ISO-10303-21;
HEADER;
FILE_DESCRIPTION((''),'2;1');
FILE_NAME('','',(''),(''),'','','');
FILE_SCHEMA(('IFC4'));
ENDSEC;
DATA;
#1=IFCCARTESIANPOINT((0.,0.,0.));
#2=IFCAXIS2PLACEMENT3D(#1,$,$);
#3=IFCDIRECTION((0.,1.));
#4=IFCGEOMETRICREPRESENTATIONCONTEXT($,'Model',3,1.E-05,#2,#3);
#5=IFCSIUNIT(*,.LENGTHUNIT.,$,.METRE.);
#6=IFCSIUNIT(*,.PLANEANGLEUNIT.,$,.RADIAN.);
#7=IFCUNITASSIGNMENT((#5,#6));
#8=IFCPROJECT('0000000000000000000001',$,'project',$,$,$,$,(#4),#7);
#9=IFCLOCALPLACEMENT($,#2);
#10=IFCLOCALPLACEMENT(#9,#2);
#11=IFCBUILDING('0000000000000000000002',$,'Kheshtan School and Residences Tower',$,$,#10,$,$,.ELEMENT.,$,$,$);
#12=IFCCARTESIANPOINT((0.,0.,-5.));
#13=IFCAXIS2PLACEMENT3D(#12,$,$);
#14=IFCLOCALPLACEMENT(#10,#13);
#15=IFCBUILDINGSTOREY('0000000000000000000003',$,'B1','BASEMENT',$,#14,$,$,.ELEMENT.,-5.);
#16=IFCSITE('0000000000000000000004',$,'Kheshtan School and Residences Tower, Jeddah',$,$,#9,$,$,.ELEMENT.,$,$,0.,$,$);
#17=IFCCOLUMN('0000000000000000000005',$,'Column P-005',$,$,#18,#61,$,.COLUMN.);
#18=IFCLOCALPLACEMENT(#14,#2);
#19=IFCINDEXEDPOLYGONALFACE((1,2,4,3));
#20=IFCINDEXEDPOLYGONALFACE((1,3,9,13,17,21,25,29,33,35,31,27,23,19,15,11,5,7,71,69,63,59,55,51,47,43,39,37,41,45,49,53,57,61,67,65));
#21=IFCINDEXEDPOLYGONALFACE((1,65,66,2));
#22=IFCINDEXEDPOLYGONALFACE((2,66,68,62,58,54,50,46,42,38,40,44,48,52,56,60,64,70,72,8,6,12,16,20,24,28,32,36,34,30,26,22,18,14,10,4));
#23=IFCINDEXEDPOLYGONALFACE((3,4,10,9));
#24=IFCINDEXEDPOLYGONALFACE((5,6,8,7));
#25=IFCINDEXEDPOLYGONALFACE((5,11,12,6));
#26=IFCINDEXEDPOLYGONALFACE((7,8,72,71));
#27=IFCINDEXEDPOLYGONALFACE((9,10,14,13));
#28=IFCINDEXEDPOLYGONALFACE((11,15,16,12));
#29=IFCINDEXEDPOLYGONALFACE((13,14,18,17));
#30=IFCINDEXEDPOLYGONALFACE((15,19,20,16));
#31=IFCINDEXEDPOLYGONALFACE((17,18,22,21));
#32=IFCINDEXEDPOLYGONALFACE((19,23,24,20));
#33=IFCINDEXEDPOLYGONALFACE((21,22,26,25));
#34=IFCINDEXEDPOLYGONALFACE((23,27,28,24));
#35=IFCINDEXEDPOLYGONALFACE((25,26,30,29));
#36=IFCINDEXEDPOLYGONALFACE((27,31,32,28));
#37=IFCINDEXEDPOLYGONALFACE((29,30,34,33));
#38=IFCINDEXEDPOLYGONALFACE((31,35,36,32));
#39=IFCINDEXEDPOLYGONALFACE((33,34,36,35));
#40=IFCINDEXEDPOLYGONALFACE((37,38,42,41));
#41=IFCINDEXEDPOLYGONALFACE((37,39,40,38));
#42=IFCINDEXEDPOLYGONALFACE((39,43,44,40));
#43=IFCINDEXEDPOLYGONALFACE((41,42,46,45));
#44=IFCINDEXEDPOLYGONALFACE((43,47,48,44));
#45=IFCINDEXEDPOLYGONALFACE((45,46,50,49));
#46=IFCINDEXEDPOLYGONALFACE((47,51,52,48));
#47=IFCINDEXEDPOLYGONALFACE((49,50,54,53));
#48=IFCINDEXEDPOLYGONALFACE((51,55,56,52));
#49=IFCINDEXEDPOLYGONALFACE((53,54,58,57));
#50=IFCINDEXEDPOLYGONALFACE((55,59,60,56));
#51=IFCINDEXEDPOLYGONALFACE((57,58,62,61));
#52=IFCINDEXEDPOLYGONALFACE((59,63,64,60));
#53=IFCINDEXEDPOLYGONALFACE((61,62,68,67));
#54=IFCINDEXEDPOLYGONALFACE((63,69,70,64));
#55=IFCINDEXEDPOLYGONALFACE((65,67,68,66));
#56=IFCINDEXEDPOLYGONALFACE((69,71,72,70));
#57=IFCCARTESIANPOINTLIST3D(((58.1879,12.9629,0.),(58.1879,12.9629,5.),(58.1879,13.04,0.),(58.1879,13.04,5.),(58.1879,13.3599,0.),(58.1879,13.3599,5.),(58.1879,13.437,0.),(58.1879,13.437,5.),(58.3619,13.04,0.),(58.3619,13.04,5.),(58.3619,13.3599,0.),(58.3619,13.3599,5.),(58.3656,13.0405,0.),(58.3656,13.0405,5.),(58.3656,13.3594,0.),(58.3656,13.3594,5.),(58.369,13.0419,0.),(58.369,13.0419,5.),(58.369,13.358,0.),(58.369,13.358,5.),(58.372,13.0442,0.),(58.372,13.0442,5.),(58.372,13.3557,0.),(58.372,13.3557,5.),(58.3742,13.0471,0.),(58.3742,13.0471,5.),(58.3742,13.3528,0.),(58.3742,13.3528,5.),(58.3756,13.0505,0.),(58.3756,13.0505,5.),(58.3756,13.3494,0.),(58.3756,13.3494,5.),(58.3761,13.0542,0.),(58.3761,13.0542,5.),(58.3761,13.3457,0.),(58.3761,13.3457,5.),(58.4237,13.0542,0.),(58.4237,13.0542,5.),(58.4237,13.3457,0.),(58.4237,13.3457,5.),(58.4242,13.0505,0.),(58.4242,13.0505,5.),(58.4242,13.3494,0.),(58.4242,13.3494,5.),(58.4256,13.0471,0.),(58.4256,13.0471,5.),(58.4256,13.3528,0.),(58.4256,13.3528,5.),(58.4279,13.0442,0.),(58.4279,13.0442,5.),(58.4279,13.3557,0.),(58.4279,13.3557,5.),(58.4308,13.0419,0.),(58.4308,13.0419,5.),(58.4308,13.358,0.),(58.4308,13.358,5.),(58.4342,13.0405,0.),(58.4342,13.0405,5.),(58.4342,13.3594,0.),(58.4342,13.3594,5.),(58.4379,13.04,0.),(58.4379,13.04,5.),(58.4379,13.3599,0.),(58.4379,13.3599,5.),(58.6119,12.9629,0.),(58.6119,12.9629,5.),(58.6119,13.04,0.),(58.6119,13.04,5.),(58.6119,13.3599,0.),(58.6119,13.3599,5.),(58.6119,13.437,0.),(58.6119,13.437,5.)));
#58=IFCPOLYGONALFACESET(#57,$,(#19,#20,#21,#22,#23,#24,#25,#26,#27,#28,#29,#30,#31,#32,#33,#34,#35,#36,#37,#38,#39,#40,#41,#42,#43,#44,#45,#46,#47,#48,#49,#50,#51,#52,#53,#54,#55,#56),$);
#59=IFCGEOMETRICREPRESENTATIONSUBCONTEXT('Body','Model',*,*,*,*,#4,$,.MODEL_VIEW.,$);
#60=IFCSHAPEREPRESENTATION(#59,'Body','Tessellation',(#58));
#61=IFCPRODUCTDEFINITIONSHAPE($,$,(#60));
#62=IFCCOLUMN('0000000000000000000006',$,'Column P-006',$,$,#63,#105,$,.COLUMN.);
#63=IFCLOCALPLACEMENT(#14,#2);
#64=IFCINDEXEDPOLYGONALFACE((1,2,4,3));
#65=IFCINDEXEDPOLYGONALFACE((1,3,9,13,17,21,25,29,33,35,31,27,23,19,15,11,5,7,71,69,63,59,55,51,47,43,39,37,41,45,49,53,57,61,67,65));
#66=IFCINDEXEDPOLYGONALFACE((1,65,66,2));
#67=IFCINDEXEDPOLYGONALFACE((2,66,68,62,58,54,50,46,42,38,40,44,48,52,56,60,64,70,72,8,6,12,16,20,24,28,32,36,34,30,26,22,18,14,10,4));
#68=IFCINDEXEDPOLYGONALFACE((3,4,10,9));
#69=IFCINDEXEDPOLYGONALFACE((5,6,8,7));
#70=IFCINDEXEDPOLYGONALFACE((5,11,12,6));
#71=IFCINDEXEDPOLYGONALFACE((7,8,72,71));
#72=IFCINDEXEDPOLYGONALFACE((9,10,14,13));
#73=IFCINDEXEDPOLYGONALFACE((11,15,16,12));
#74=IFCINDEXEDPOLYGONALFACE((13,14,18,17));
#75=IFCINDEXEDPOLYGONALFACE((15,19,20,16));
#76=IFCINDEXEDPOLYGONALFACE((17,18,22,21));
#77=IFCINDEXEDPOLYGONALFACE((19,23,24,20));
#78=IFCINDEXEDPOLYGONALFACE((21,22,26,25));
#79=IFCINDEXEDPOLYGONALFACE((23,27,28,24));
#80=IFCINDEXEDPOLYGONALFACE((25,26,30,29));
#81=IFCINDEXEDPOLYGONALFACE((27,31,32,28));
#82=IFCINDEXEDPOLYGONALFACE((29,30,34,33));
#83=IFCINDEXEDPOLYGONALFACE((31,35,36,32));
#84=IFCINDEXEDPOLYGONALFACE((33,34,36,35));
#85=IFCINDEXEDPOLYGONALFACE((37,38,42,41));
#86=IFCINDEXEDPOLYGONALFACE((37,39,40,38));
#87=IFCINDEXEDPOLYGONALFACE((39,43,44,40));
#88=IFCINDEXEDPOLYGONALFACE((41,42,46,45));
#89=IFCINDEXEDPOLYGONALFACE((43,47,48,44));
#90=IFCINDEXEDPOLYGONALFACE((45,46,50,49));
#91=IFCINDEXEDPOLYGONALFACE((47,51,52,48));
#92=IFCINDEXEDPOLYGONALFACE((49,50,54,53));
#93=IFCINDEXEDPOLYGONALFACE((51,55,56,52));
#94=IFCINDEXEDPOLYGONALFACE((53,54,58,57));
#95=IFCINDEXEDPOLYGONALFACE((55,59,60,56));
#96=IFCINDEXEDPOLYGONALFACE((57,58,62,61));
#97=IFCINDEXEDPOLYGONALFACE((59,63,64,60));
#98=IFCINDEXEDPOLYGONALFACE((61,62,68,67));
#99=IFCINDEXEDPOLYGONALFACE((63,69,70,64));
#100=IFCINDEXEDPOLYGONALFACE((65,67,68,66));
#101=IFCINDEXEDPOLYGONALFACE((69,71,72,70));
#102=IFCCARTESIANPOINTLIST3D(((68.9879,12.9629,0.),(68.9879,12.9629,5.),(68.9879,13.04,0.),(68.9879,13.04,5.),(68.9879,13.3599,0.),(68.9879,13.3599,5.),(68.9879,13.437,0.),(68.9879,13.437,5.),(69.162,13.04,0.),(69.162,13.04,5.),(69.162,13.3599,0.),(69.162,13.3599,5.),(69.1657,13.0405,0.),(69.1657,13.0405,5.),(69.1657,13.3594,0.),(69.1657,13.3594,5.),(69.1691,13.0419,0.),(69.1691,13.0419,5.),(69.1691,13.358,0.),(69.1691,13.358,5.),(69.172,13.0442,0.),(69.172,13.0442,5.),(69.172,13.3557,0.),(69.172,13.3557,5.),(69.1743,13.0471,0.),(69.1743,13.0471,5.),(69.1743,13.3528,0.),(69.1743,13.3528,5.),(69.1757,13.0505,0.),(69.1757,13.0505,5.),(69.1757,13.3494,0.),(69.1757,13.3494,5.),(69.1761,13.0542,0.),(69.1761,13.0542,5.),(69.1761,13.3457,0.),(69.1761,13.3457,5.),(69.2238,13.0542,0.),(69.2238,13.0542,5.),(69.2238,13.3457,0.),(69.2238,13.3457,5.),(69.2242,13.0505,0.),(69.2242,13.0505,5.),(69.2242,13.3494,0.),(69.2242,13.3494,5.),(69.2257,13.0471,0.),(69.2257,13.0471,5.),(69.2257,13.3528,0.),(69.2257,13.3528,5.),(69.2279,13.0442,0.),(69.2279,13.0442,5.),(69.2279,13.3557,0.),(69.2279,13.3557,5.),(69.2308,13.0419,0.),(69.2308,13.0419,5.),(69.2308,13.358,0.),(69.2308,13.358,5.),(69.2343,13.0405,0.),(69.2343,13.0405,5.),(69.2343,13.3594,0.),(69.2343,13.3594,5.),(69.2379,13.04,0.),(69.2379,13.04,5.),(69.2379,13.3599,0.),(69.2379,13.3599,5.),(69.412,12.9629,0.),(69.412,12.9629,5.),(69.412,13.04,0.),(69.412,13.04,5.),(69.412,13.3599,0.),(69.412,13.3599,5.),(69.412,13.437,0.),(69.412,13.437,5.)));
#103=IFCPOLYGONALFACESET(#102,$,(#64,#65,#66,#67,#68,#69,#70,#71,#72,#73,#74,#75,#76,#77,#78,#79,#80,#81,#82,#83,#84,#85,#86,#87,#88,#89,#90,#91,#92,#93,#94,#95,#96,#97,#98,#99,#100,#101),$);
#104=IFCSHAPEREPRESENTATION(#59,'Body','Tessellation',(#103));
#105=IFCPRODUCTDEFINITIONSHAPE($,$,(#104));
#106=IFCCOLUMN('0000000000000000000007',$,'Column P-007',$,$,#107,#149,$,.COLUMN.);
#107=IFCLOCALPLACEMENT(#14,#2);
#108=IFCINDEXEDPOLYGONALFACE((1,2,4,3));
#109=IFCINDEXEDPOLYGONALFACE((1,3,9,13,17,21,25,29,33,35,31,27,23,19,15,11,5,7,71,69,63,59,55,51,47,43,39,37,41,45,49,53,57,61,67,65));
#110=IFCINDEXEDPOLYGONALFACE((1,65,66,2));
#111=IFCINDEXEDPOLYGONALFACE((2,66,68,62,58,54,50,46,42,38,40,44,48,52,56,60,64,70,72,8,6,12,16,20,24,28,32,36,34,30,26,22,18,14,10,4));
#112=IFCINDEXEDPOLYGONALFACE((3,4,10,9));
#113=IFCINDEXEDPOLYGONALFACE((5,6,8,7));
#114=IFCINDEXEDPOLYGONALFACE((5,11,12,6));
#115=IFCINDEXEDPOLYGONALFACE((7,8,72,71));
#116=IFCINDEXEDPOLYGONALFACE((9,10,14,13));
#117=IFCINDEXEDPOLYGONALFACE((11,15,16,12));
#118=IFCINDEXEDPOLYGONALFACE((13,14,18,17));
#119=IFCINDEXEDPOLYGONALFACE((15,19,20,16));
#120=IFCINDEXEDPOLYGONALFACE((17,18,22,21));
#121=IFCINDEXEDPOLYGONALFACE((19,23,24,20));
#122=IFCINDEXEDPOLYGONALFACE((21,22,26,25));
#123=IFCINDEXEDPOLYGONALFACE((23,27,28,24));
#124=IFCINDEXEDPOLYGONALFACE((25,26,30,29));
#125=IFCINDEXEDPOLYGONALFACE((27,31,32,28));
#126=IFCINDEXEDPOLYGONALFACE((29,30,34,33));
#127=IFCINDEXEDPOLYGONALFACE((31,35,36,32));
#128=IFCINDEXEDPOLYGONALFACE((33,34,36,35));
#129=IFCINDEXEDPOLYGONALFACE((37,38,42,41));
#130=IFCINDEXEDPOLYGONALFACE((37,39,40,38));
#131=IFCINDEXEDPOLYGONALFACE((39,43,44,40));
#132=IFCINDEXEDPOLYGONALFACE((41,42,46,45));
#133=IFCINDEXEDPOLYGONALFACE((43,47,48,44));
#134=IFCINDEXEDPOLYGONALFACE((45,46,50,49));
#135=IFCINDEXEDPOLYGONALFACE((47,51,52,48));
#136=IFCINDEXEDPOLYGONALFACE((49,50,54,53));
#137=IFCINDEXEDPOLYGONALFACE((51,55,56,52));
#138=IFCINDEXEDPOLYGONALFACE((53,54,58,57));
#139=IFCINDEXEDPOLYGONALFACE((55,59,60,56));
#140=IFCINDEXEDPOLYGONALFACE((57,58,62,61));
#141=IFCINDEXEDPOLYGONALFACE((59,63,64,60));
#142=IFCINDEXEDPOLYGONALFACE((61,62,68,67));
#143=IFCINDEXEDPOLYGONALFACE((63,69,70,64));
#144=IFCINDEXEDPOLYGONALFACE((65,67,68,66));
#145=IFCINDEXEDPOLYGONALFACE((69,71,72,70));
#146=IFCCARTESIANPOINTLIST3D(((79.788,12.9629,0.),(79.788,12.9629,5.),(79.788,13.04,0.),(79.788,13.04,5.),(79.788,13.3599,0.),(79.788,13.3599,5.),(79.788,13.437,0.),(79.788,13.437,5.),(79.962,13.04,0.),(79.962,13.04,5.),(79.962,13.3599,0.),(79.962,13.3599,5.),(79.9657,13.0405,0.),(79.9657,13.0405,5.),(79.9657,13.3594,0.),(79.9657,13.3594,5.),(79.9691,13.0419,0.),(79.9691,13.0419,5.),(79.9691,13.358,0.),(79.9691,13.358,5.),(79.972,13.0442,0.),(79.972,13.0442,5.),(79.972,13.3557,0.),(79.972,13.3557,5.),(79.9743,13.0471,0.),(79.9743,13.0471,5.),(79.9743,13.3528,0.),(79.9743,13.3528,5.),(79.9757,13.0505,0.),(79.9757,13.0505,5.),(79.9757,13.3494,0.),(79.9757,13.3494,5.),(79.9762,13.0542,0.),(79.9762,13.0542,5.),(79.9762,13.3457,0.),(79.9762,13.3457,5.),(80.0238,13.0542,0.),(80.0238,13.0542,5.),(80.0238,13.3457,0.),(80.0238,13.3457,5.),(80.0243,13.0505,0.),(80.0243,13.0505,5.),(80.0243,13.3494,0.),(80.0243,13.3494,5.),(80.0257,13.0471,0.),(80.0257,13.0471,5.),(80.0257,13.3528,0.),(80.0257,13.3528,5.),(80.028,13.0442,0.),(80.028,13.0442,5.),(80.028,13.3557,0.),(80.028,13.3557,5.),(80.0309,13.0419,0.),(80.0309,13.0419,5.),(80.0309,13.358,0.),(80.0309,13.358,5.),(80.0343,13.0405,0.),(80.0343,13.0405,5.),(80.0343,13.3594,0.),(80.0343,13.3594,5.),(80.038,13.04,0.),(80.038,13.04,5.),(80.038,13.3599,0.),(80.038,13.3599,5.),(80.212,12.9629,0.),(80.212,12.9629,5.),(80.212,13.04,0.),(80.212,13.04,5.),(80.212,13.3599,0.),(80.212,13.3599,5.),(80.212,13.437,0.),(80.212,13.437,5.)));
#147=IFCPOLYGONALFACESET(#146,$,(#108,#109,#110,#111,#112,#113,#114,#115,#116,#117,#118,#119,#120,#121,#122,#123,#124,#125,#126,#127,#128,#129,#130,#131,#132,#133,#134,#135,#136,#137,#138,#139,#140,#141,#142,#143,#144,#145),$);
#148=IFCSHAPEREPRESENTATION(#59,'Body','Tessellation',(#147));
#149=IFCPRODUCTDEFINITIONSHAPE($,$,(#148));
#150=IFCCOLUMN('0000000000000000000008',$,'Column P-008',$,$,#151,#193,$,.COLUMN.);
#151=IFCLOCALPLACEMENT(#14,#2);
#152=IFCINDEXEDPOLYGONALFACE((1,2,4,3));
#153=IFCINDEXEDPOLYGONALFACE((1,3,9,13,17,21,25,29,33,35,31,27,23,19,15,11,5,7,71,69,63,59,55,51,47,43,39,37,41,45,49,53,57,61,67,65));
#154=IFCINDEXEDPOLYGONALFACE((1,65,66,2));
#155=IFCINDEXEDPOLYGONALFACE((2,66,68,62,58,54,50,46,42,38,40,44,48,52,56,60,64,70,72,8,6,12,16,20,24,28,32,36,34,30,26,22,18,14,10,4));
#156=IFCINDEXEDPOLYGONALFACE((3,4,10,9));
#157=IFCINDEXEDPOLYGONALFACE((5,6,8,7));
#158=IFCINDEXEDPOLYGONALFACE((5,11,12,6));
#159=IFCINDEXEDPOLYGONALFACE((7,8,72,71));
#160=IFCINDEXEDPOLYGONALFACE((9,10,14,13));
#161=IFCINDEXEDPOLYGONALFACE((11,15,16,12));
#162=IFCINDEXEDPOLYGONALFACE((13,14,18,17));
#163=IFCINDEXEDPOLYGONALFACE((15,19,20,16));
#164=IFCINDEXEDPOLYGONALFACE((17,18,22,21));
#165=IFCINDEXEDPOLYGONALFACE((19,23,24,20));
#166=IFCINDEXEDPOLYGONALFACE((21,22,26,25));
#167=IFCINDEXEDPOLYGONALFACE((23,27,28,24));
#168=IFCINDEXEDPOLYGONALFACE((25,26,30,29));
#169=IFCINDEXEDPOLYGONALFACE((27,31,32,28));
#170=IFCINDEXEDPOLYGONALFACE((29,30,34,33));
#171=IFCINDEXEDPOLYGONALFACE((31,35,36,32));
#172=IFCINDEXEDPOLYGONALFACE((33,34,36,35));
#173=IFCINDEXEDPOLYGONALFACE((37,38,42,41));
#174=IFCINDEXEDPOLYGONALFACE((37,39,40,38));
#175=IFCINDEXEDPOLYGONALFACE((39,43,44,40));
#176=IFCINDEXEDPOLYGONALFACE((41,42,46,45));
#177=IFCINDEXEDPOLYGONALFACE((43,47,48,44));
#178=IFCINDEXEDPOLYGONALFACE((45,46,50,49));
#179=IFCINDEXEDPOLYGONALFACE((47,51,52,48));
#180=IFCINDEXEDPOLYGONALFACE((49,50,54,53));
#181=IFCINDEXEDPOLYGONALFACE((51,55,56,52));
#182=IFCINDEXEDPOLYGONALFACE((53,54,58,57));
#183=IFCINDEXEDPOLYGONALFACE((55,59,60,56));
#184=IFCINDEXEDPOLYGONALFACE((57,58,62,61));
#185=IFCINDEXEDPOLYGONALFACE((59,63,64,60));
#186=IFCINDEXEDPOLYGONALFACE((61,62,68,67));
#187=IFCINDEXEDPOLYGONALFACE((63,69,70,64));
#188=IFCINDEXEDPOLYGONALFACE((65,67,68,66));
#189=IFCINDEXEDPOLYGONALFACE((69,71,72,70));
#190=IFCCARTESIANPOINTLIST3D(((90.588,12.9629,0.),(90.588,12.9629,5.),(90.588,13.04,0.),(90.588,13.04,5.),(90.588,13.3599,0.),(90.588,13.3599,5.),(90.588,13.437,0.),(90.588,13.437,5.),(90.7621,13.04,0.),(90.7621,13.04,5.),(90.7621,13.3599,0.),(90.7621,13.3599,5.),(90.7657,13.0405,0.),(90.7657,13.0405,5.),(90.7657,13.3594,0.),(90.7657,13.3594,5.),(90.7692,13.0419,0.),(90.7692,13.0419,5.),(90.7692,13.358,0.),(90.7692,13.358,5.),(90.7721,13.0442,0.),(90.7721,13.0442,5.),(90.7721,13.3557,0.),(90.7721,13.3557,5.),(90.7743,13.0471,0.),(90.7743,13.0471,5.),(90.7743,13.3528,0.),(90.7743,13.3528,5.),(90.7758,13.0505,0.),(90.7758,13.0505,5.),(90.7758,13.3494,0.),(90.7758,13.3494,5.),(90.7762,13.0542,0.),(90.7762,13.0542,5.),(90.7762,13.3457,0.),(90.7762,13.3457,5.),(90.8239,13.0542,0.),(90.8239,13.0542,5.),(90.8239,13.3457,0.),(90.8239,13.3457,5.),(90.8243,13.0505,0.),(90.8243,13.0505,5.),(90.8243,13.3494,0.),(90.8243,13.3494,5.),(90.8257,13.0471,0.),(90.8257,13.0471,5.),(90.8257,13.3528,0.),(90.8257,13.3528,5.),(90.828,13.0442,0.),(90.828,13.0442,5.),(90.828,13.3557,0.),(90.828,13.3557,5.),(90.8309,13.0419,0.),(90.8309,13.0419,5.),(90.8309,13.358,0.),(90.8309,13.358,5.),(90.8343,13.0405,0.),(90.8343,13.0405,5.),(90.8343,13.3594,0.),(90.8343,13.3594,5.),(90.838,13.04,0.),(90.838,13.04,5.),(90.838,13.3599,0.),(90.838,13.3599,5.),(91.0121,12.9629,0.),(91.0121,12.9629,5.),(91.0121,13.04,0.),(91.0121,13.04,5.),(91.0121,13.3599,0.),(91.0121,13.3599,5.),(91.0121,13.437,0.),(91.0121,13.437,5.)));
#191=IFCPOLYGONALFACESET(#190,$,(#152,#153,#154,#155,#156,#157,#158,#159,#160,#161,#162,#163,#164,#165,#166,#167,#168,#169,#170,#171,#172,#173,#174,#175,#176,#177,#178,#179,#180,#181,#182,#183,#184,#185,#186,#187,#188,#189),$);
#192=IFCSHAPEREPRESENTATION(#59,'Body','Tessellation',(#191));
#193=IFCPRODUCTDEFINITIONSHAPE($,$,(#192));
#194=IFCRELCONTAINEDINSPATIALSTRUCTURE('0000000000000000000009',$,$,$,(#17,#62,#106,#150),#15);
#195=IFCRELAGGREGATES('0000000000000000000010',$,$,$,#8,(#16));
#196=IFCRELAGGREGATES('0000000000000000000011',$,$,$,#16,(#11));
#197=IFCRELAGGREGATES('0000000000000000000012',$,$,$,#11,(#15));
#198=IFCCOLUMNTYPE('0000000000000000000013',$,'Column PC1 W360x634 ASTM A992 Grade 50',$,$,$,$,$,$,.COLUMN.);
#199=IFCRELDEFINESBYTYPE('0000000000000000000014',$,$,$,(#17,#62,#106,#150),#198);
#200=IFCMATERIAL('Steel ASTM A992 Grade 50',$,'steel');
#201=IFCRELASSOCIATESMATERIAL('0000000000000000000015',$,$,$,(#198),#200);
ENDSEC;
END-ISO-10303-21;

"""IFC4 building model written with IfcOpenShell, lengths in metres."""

from ifc_helpers import new_model, si_unit, direction, frame, origin, origin_2d, place, context, subcontext, project, spatial, i_section, extrude, material, material_profile, profile_set, type_object, element, save


model = new_model("IFC4")

# Units and contexts
model_context = context("Model", 3, precision=1e-05, world=origin(), true_north=direction((0.0, 1.0)))
body_context = subcontext(model_context, "Body", "Model", "MODEL_VIEW")
ifc_project = project(units=[si_unit("LENGTHUNIT", "METRE"), si_unit("PLANEANGLEUNIT", "RADIAN")], contexts=[model_context])

# Site, building, storey
site_placement = place(None, origin())
site = spatial("IfcSite", under=ifc_project, at=site_placement, Name="Kheshtan School and Residences Tower, Jeddah", CompositionType="ELEMENT", RefElevation=0.0)
building_placement = place(site_placement, origin())
building = spatial("IfcBuilding", under=site, at=building_placement, Name="Kheshtan School and Residences Tower", CompositionType="ELEMENT")
storey_placement = place(building_placement, frame((0.0, 0.0, -5.0)))
storey = spatial("IfcBuildingStorey", under=building, at=storey_placement, Name="B1", Description="BASEMENT", CompositionType="ELEMENT", Elevation=-5.0)

# Columns
ifc_material_1 = material(Name="Steel ASTM A992 Grade 50", Category="steel")
ifc_material_profile = material_profile(ifc_material_1, i_section(OverallWidth=0.4241, OverallDepth=0.4741, WebThickness=0.0476, FlangeThickness=0.0771, FilletRadius=0.0142, at=origin_2d()), Name="W360x634")
ifc_profile_set = profile_set([ifc_material_profile], Name="Steel ASTM A992 Grade 50")
column_type = type_object("IfcColumnType", Name="Column PC1 W360x634 ASTM A992 Grade 50", PredefinedType="COLUMN", material=ifc_profile_set)
for number, where, z_axis, x_axis, name in (
    (1, (58.3999, 13.2, 0.0), (0.0, 0.0, 1.0), (1.0, 0.0, 0.0), "Column P-005"),
    (2, (69.2, 13.2, 0.0), (0.0, 0.0, 1.0), (1.0, 0.0, 0.0), "Column P-006"),
    (3, (80.0, 13.2, 0.0), (0.0, 0.0, 1.0), (1.0, 0.0, 0.0), "Column P-007"),
    (4, (90.8, 13.2, 0.0), (0.0, 0.0, 1.0), (1.0, 0.0, 0.0), "Column P-008"),
):
    element("IfcColumn", number, at=place(storey_placement, frame(where, z_axis=z_axis, x_axis=x_axis)), inside=storey, type_object=column_type, Name=name, PredefinedType="COLUMN", context=body_context, shape_type="SweptSolid", body=[
        extrude(i_section(OverallWidth=0.4241, OverallDepth=0.4741, WebThickness=0.0476, FlangeThickness=0.0771, FilletRadius=0.0142, at=origin_2d()), origin(), (0.0, 0.0, 1.0), 5.0),
    ])

save(model, "model.ifc")
